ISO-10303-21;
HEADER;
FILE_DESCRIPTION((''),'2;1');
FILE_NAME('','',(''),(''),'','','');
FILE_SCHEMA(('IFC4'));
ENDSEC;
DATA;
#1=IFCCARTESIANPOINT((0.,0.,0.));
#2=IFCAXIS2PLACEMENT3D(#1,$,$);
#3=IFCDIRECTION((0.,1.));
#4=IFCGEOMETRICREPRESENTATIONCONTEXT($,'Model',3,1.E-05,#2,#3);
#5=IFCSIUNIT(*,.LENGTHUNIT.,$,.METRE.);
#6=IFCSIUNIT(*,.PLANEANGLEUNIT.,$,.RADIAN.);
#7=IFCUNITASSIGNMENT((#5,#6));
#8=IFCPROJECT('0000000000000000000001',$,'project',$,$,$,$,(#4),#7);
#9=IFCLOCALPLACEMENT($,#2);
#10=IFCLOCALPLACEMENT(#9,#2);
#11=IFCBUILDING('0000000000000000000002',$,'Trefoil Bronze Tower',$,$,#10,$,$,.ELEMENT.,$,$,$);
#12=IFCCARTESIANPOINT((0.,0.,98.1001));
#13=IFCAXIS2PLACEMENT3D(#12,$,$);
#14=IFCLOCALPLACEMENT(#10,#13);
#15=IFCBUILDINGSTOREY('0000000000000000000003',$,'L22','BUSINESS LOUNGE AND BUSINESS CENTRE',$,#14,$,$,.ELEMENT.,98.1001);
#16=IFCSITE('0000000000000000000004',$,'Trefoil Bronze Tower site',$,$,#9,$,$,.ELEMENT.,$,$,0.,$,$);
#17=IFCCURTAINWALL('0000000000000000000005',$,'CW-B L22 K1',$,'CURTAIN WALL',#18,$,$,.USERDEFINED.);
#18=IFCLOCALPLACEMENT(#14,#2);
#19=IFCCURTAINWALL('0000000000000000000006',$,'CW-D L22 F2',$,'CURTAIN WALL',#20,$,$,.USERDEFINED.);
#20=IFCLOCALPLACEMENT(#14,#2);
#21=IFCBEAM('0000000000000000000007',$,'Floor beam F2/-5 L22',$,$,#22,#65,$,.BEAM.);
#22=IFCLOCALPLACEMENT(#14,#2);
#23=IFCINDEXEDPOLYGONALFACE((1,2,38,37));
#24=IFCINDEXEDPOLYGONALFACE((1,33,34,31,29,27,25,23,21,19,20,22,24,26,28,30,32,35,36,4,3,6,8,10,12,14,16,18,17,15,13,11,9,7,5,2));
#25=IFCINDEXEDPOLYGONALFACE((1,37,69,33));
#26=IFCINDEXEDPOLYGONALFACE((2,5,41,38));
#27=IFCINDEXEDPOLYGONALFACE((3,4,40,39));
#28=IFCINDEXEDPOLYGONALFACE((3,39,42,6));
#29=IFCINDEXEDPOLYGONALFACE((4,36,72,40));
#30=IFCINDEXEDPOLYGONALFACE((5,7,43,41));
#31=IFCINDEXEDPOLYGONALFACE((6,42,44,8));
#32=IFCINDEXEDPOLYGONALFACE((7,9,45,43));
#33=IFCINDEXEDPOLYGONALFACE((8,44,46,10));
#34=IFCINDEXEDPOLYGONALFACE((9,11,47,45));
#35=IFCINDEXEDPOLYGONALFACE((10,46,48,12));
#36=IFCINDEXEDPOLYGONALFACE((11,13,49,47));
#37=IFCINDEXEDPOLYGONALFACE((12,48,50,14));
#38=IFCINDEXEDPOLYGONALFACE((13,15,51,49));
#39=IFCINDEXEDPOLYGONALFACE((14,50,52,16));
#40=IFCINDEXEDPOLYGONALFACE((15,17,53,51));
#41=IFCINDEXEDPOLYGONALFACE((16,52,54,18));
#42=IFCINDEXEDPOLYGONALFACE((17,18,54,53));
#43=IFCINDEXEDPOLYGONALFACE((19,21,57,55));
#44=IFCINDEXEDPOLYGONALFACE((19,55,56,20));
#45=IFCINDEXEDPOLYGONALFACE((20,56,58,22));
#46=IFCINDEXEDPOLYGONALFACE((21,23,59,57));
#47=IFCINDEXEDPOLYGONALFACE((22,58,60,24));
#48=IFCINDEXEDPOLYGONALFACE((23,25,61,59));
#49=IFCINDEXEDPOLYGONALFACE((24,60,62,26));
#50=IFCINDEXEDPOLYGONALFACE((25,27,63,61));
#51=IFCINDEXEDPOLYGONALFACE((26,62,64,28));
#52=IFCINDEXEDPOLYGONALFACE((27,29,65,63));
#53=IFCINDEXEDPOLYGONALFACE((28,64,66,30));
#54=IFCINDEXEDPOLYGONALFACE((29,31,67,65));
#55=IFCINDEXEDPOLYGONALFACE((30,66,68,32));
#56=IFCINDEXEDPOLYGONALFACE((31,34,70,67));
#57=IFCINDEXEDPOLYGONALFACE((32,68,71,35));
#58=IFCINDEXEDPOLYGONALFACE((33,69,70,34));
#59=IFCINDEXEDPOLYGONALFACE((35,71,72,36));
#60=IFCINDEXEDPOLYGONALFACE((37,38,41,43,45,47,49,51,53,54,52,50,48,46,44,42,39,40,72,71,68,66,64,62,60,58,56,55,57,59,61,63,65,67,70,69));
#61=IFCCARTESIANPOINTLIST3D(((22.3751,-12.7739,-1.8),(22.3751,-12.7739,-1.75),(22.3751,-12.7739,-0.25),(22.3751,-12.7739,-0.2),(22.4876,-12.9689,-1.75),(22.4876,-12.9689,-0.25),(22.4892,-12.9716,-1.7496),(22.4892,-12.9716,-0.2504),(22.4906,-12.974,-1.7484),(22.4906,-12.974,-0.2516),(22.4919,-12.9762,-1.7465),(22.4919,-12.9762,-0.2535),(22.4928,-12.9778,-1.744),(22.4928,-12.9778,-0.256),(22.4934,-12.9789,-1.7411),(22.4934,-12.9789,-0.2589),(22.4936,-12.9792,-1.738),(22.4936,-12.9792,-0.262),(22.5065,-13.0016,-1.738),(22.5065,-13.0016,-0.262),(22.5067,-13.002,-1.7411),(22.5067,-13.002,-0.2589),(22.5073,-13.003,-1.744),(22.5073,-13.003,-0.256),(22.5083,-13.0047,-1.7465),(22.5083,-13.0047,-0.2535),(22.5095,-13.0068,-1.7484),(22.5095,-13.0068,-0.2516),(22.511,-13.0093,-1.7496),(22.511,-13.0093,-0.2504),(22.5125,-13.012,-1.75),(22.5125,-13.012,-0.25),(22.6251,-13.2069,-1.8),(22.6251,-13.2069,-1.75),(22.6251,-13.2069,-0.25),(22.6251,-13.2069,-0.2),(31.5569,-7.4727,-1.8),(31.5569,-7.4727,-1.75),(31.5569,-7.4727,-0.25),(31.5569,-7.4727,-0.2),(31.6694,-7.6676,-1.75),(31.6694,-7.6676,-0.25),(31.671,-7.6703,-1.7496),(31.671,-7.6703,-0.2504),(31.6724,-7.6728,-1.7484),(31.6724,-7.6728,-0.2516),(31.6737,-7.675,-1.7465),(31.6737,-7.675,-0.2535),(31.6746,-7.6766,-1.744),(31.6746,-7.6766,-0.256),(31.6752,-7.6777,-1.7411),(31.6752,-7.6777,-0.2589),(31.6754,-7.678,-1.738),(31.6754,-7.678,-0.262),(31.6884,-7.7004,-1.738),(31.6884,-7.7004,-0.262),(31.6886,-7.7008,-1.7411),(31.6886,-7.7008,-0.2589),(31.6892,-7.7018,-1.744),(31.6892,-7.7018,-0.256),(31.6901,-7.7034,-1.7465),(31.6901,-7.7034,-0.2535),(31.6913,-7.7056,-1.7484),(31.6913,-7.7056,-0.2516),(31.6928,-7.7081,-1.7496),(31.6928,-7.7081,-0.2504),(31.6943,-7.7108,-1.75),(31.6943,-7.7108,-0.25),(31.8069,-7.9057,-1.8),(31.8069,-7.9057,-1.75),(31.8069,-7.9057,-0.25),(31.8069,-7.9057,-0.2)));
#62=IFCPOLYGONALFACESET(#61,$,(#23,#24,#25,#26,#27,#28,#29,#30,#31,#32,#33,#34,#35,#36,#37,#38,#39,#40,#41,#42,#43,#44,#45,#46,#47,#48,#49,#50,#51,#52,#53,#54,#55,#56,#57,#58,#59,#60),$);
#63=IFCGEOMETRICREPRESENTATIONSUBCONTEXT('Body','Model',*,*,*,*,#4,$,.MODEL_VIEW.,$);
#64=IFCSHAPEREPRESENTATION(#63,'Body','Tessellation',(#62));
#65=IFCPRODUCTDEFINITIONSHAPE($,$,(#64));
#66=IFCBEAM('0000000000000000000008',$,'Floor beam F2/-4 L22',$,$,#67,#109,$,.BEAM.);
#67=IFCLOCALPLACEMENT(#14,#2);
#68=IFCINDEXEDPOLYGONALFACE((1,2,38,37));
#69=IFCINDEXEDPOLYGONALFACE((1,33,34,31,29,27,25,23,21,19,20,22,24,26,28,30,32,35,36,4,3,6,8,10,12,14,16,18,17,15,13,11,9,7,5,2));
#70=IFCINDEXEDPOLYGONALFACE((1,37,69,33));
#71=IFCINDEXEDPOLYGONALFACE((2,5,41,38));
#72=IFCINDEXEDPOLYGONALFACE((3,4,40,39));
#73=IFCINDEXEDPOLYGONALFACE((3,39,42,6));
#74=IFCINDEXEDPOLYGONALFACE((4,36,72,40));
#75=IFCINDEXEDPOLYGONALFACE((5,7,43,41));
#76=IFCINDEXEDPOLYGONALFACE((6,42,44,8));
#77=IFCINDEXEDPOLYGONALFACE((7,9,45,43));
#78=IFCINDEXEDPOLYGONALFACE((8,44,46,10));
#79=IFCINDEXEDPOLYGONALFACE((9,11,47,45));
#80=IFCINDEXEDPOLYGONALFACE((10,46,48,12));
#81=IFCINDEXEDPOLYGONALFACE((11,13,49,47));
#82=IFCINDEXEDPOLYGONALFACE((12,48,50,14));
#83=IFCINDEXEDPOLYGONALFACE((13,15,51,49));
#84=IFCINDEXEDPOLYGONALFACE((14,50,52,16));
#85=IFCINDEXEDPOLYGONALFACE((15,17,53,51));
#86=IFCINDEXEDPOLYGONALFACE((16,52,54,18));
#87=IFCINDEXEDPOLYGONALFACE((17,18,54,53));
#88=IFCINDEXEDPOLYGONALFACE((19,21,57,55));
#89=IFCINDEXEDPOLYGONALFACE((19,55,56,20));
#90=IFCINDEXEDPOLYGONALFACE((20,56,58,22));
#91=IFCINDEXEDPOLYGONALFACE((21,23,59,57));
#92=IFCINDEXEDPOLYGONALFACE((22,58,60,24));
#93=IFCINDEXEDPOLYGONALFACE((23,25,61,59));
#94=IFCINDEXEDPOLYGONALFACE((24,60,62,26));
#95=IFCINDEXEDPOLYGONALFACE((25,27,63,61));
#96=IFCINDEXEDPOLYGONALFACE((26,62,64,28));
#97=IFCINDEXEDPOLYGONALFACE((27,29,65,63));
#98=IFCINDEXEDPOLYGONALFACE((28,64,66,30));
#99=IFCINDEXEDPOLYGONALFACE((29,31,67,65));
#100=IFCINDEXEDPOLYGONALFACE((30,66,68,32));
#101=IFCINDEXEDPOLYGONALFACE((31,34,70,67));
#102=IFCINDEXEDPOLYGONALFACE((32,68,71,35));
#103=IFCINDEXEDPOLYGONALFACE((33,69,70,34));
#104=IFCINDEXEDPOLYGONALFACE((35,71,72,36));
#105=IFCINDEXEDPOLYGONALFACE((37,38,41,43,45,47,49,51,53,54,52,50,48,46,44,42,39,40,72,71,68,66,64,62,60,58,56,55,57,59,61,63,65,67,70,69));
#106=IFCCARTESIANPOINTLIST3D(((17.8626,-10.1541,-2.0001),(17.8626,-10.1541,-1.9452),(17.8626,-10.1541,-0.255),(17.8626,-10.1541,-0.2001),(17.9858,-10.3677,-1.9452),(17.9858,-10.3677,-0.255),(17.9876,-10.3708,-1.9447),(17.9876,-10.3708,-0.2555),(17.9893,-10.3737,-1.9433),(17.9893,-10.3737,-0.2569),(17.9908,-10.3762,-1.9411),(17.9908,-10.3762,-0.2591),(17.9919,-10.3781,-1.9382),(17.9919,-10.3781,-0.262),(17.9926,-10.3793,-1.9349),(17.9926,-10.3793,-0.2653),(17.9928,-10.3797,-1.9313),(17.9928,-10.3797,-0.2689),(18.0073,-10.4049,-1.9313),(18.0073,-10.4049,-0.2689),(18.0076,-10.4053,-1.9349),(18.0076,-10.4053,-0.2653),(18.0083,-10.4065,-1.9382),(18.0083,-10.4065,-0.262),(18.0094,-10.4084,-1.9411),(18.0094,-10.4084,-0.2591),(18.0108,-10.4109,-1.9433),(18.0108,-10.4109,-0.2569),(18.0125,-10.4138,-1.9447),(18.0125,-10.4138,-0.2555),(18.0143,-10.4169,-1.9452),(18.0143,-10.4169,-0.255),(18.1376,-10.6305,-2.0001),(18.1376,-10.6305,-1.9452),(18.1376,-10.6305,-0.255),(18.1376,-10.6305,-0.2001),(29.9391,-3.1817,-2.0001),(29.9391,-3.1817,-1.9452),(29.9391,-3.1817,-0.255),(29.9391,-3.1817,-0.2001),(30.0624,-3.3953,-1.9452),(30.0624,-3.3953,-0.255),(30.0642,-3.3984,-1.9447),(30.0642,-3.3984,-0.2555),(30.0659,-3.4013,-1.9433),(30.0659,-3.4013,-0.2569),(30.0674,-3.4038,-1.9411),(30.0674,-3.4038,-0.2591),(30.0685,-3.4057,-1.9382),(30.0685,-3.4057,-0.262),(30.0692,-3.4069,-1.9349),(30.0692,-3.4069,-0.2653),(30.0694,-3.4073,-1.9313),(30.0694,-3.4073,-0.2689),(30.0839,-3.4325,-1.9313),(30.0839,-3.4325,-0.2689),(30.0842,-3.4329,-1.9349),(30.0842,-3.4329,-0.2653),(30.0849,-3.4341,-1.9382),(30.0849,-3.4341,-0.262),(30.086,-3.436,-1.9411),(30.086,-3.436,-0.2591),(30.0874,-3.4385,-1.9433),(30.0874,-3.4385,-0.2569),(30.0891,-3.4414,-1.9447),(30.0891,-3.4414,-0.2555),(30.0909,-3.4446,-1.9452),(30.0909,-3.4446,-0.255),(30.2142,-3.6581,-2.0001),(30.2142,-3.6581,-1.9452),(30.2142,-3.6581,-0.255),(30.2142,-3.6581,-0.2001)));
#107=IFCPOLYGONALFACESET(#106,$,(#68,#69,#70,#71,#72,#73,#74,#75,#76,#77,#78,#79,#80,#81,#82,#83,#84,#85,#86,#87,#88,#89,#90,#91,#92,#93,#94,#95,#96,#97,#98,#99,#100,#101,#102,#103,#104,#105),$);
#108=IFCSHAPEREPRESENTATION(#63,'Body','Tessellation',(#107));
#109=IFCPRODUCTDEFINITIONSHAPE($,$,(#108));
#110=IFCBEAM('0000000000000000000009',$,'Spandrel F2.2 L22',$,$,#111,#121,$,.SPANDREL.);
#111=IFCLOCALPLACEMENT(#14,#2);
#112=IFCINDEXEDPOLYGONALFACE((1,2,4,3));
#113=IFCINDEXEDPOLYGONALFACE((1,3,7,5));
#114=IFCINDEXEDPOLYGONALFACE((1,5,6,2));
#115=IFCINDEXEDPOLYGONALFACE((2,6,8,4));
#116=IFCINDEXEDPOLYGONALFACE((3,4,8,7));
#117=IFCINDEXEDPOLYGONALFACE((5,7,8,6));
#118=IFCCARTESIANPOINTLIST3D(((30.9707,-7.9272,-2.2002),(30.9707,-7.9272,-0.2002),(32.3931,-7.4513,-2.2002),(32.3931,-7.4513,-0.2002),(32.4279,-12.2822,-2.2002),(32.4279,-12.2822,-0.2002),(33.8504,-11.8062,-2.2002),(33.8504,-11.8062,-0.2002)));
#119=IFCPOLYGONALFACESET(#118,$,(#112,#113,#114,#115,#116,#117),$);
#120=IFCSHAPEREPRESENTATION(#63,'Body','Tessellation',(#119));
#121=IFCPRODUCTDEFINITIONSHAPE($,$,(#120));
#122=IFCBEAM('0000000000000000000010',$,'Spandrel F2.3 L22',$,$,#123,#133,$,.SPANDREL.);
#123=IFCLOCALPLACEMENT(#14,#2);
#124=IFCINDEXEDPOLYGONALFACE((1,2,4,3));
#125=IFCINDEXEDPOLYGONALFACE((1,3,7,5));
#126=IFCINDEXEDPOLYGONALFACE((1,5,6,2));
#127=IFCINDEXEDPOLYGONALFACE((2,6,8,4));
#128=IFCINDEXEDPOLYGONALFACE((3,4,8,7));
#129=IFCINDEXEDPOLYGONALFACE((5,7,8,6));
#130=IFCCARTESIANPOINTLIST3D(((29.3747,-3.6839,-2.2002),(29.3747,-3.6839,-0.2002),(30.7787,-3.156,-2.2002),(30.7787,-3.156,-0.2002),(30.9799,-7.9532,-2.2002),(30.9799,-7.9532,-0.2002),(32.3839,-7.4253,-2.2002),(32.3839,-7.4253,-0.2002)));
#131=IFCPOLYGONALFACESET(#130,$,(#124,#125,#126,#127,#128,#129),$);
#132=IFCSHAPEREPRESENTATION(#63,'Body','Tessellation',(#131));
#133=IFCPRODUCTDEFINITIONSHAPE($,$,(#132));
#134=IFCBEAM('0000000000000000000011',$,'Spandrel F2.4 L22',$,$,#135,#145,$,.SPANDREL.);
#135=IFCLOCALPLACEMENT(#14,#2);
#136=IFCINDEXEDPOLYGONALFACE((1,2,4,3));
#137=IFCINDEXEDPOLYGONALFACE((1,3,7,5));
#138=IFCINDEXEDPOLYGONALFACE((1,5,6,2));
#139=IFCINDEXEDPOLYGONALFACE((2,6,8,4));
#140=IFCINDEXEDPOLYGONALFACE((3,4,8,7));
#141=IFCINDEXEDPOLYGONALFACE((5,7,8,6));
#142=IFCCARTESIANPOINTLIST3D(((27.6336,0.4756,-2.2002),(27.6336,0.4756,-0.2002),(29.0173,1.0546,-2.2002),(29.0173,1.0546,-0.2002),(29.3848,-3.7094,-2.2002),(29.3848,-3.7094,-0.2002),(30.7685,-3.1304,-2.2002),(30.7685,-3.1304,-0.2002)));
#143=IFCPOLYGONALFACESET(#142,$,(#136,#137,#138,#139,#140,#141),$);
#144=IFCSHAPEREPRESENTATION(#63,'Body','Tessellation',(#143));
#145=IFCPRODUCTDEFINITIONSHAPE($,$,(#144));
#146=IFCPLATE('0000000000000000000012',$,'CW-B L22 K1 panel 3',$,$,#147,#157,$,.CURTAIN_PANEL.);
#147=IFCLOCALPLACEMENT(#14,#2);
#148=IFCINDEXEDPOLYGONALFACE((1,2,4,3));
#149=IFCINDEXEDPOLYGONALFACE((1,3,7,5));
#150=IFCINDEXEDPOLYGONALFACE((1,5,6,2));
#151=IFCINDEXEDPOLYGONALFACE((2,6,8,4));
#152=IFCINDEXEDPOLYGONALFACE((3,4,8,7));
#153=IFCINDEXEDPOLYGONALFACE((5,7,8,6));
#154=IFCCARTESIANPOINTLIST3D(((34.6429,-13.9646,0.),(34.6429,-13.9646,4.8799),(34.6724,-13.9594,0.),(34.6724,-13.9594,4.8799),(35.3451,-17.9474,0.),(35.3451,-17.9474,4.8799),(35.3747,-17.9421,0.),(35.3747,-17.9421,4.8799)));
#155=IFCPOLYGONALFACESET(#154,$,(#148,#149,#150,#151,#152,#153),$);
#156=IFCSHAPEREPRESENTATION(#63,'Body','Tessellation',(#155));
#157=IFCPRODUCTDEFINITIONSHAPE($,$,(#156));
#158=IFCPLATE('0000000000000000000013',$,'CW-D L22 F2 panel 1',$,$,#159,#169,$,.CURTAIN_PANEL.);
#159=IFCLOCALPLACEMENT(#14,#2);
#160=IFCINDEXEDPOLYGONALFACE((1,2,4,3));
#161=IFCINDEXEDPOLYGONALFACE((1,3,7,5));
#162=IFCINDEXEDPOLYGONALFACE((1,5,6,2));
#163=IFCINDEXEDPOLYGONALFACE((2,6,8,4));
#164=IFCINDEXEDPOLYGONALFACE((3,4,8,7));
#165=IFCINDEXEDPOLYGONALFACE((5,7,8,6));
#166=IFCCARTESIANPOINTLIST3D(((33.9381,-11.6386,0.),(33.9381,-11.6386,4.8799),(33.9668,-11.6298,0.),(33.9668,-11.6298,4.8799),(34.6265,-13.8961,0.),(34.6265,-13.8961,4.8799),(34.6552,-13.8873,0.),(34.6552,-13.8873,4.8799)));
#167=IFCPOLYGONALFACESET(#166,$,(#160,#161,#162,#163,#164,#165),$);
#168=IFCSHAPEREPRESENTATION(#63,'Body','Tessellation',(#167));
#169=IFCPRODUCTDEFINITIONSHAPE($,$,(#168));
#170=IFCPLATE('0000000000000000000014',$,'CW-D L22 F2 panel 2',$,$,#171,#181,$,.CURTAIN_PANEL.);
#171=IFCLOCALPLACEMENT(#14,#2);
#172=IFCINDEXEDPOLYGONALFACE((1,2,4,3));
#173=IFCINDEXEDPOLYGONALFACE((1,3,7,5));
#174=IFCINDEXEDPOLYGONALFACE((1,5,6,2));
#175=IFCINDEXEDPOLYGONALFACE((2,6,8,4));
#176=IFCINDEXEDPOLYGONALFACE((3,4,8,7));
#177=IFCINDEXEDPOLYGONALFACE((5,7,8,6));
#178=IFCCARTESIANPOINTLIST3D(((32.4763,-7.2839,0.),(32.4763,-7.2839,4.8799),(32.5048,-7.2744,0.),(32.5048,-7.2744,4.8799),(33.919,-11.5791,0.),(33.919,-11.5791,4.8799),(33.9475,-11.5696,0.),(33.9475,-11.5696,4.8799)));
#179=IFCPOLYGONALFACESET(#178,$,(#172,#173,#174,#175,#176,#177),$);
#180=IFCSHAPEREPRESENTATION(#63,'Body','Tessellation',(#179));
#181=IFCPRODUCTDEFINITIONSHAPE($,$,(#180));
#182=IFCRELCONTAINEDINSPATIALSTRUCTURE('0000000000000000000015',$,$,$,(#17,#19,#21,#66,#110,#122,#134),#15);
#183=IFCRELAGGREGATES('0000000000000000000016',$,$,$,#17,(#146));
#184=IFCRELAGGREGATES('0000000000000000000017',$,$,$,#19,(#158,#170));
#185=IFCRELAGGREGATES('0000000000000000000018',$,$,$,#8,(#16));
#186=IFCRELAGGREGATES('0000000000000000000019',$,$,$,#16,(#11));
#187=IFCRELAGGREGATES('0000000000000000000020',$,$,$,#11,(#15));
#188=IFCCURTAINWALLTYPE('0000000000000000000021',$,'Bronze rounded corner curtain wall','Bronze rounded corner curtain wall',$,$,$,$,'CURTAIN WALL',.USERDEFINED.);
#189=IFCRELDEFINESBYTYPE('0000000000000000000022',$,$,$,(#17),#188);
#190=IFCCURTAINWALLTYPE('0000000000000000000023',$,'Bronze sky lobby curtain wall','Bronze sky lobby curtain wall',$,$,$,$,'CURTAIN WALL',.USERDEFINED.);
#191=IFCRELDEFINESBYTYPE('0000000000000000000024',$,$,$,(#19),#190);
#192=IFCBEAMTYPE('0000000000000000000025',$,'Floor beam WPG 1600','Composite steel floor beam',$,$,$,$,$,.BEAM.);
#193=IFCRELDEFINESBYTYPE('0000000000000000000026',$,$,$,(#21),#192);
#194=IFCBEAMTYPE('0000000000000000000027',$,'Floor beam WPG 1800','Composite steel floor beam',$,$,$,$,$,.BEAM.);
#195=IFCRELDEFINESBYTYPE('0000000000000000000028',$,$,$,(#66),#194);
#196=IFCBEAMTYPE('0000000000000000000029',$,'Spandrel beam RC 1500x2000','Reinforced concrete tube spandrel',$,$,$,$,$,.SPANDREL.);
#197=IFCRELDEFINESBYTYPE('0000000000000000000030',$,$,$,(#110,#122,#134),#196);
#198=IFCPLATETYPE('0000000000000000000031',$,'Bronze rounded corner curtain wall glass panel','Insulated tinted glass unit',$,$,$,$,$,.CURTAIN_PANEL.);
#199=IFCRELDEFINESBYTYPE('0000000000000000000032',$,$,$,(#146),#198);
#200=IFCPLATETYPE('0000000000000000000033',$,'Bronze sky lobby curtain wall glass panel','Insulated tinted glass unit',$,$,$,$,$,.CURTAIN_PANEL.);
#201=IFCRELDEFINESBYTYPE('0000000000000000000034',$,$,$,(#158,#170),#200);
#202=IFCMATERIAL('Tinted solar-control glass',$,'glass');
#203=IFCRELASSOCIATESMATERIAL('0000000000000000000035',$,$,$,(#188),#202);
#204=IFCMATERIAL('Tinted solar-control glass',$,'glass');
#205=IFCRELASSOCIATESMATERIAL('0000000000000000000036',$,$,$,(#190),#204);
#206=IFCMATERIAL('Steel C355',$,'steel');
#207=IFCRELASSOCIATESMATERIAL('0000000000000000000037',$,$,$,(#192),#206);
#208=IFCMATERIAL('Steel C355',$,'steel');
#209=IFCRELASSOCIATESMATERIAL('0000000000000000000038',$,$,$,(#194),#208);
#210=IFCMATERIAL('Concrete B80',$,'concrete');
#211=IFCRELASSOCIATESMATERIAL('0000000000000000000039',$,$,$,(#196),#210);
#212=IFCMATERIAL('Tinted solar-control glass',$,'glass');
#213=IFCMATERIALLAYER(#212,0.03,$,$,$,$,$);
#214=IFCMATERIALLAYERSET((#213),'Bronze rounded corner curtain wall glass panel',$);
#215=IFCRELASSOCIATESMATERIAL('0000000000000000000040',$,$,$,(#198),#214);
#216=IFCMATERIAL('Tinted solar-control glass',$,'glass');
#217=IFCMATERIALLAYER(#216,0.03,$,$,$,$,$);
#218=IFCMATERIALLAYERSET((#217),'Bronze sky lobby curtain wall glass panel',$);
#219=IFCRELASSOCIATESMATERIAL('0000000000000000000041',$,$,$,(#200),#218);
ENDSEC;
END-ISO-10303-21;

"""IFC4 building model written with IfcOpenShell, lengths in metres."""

from ifc_helpers import new_model, si_unit, direction, frame, origin, origin_2d, place, context, subcontext, project, spatial, rectangle, i_section, extrude, material, layer, layer_set, material_profile, profile_set, type_object, element, aggregate, save


model = new_model("IFC4")

# Units and contexts
model_context = context("Model", 3, precision=1e-05, world=origin(), true_north=direction((0.0, 1.0)))
body_context = subcontext(model_context, "Body", "Model", "MODEL_VIEW")
ifc_project = project(units=[si_unit("LENGTHUNIT", "METRE"), si_unit("PLANEANGLEUNIT", "RADIAN")], contexts=[model_context])

# Site, building, storey
site_placement = place(None, origin())
site = spatial("IfcSite", under=ifc_project, at=site_placement, Name="Trefoil Bronze Tower site", CompositionType="ELEMENT", RefElevation=0.0)
building_placement = place(site_placement, origin())
building = spatial("IfcBuilding", under=site, at=building_placement, Name="Trefoil Bronze Tower", CompositionType="ELEMENT")
storey_placement = place(building_placement, frame((0.0, 0.0, 98.1001)))
storey = spatial("IfcBuildingStorey", under=building, at=storey_placement, Name="L22", Description="BUSINESS LOUNGE AND BUSINESS CENTRE", CompositionType="ELEMENT", Elevation=98.1001)

# Curtain wall
ifc_material_1 = material(Name="Tinted solar-control glass", Category="glass")
curtain_wall_type_1 = type_object("IfcCurtainWallType", Name="Bronze rounded corner curtain wall", Description="Bronze rounded corner curtain wall", ElementType="CURTAIN WALL", PredefinedType="USERDEFINED", material=ifc_material_1)
curtain_wall_1_placement = place(storey_placement, origin())
curtain_wall_1 = element("IfcCurtainWall", 1, at=curtain_wall_1_placement, inside=storey, type_object=curtain_wall_type_1, Name="CW-B L22 K1", ObjectType="CURTAIN WALL", PredefinedType="USERDEFINED")

# Curtain wall
ifc_material_2 = material(Name="Tinted solar-control glass", Category="glass")
curtain_wall_type_2 = type_object("IfcCurtainWallType", Name="Bronze sky lobby curtain wall", Description="Bronze sky lobby curtain wall", ElementType="CURTAIN WALL", PredefinedType="USERDEFINED", material=ifc_material_2)
curtain_wall_2_placement = place(storey_placement, origin())
curtain_wall_2 = element("IfcCurtainWall", 2, at=curtain_wall_2_placement, inside=storey, type_object=curtain_wall_type_2, Name="CW-D L22 F2", ObjectType="CURTAIN WALL", PredefinedType="USERDEFINED")

# Beams
ifc_material_3 = material(Name="Steel C355", Category="steel")
ifc_material_profile_1 = material_profile(ifc_material_3, i_section(OverallWidth=0.5, OverallDepth=1.6001, WebThickness=0.0259, FlangeThickness=0.05, FilletRadius=0.012, at=origin_2d()), Name="WPG 1600")
ifc_profile_set_1 = profile_set([ifc_material_profile_1], Name="Steel C355")
beam_type_1 = type_object("IfcBeamType", Name="Floor beam WPG 1600", Description="Composite steel floor beam", PredefinedType="BEAM", material=ifc_profile_set_1)
beam_1_placement = place(storey_placement, frame((31.6819, -7.6892, -1.0), z_axis=(-0.866021, -0.500007, 0.0), x_axis=(0.500007, -0.866021, 0.0)))
element("IfcBeam", 3, at=beam_1_placement, inside=storey, type_object=beam_type_1, Name="Floor beam F2/-5 L22", PredefinedType="BEAM", context=body_context, shape_type="SweptSolid", body=[
    extrude(i_section(OverallWidth=0.5, OverallDepth=1.6001, WebThickness=0.0259, FlangeThickness=0.05, FilletRadius=0.012, at=origin_2d()), origin(), (0.0, 0.0, 1.0), 10.6023),
])
ifc_material_4 = material(Name="Steel C355", Category="steel")
ifc_material_profile_2 = material_profile(ifc_material_4, i_section(OverallWidth=0.55, OverallDepth=1.8, WebThickness=0.0291, FlangeThickness=0.0549, FilletRadius=0.0139, at=origin_2d()), Name="WPG 1800")
ifc_profile_set_2 = profile_set([ifc_material_profile_2], Name="Steel C355")
beam_type_2 = type_object("IfcBeamType", Name="Floor beam WPG 1800", Description="Composite steel floor beam", PredefinedType="BEAM", material=ifc_profile_set_2)
beam_2_placement = place(storey_placement, frame((30.0767, -3.4199, -1.1001), z_axis=(-0.866027, -0.499997, 0.0), x_axis=(0.499997, -0.866027, 0.0)))
element("IfcBeam", 4, at=beam_2_placement, inside=storey, type_object=beam_type_2, Name="Floor beam F2/-4 L22", PredefinedType="BEAM", context=body_context, shape_type="SweptSolid", body=[
    extrude(i_section(OverallWidth=0.55, OverallDepth=1.8, WebThickness=0.0291, FlangeThickness=0.0549, FilletRadius=0.0139, at=origin_2d()), origin(), (0.0, 0.0, 1.0), 13.9448),
])
ifc_material_5 = material(Name="Concrete B80", Category="concrete")
ifc_material_profile_3 = material_profile(ifc_material_5, rectangle(XDim=1.5, YDim=2.0, at=origin_2d()), Name="RC 1500x2000")
ifc_profile_set_3 = profile_set([ifc_material_profile_3], Name="Concrete B80")
beam_type_3 = type_object("IfcBeamType", Name="Spandrel beam RC 1500x2000", Description="Reinforced concrete tube spandrel", PredefinedType="SPANDREL", material=ifc_profile_set_3)
beam_3_placement = place(storey_placement, frame((33.1392, -12.0442, -1.2002), z_axis=(-0.317328, 0.948316, 0.0), x_axis=(-0.948316, -0.317328, 0.0)))
element("IfcBeam", 5, at=beam_3_placement, inside=storey, type_object=beam_type_3, Name="Spandrel F2.2 L22", PredefinedType="SPANDREL", context=body_context, shape_type="SweptSolid", body=[
    extrude(rectangle(XDim=1.5, YDim=2.0, at=origin_2d()), origin(), (0.0, 0.0, 1.0), 4.5923),
])
beam_4_placement = place(storey_placement, frame((31.6819, -7.6892, -1.2002), z_axis=(-0.351939, 0.936023, 0.0), x_axis=(-0.936023, -0.351939, 0.0)))
element("IfcBeam", 6, at=beam_4_placement, inside=storey, type_object=beam_type_3, Name="Spandrel F2.3 L22", PredefinedType="SPANDREL", context=body_context, shape_type="SweptSolid", body=[
    extrude(rectangle(XDim=1.5, YDim=2.0, at=origin_2d()), origin(), (0.0, 0.0, 1.0), 4.561),
])
beam_5_placement = place(storey_placement, frame((30.0767, -3.4199, -1.2002), z_axis=(-0.386013, 0.922493, 0.0), x_axis=(-0.922493, -0.386013, 0.0)))
element("IfcBeam", 7, at=beam_5_placement, inside=storey, type_object=beam_type_3, Name="Spandrel F2.4 L22", PredefinedType="SPANDREL", context=body_context, shape_type="SweptSolid", body=[
    extrude(rectangle(XDim=1.5, YDim=2.0, at=origin_2d()), origin(), (0.0, 0.0, 1.0), 4.5366),
])

# Plates
ifc_material_6 = material(Name="Tinted solar-control glass", Category="glass")
ifc_layer_1 = layer(ifc_material_6, 0.03)
ifc_layer_set_1 = layer_set([ifc_layer_1], Name="Bronze rounded corner curtain wall glass panel")
plate_type_1 = type_object("IfcPlateType", Name="Bronze rounded corner curtain wall glass panel", Description="Insulated tinted glass unit", PredefinedType="CURTAIN_PANEL", material=ifc_layer_set_1)
plate_1_placement = place(storey_placement, frame((35.0088, -15.9534, 0.0), z_axis=(0.0, 0.0, 1.0), x_axis=(-0.173648, 0.984808, 0.0)))
plate_1 = element("IfcPlate", 8, at=plate_1_placement, type_object=plate_type_1, Name="CW-B L22 K1 panel 3", PredefinedType="CURTAIN_PANEL", context=body_context, shape_type="SweptSolid", body=[
    extrude(rectangle(XDim=4.0442, YDim=0.03, at=origin_2d()), origin(), (0.0, 0.0, 1.0), 4.8799),
])
aggregate(curtain_wall_1, [plate_1])
ifc_material_7 = material(Name="Tinted solar-control glass", Category="glass")
ifc_layer_2 = layer(ifc_material_7, 0.03)
ifc_layer_set_2 = layer_set([ifc_layer_2], Name="Bronze sky lobby curtain wall glass panel")
plate_type_2 = type_object("IfcPlateType", Name="Bronze sky lobby curtain wall glass panel", Description="Insulated tinted glass unit", PredefinedType="CURTAIN_PANEL", material=ifc_layer_set_2)
plate_2_placement = place(storey_placement, frame((34.2966, -12.7629, 0.0), z_axis=(0.0, 0.0, 1.0), x_axis=(-0.291669, 0.956519, 0.0)))
plate_2 = element("IfcPlate", 9, at=plate_2_placement, type_object=plate_type_2, Name="CW-D L22 F2 panel 1", PredefinedType="CURTAIN_PANEL", context=body_context, shape_type="SweptSolid", body=[
    extrude(rectangle(XDim=2.3601, YDim=0.03, at=origin_2d()), origin(), (0.0, 0.0, 1.0), 4.8799),
])
plate_3_placement = place(storey_placement, frame((33.2119, -9.4268, 0.0), z_axis=(0.0, 0.0, 1.0), x_axis=(-0.318404, 0.947955, 0.0)))
plate_3 = element("IfcPlate", 10, at=plate_3_placement, type_object=plate_type_2, Name="CW-D L22 F2 panel 2", PredefinedType="CURTAIN_PANEL", context=body_context, shape_type="SweptSolid", body=[
    extrude(rectangle(XDim=4.531, YDim=0.03, at=origin_2d()), origin(), (0.0, 0.0, 1.0), 4.8799),
])
aggregate(curtain_wall_2, [plate_2, plate_3])

save(model, "model.ifc")
